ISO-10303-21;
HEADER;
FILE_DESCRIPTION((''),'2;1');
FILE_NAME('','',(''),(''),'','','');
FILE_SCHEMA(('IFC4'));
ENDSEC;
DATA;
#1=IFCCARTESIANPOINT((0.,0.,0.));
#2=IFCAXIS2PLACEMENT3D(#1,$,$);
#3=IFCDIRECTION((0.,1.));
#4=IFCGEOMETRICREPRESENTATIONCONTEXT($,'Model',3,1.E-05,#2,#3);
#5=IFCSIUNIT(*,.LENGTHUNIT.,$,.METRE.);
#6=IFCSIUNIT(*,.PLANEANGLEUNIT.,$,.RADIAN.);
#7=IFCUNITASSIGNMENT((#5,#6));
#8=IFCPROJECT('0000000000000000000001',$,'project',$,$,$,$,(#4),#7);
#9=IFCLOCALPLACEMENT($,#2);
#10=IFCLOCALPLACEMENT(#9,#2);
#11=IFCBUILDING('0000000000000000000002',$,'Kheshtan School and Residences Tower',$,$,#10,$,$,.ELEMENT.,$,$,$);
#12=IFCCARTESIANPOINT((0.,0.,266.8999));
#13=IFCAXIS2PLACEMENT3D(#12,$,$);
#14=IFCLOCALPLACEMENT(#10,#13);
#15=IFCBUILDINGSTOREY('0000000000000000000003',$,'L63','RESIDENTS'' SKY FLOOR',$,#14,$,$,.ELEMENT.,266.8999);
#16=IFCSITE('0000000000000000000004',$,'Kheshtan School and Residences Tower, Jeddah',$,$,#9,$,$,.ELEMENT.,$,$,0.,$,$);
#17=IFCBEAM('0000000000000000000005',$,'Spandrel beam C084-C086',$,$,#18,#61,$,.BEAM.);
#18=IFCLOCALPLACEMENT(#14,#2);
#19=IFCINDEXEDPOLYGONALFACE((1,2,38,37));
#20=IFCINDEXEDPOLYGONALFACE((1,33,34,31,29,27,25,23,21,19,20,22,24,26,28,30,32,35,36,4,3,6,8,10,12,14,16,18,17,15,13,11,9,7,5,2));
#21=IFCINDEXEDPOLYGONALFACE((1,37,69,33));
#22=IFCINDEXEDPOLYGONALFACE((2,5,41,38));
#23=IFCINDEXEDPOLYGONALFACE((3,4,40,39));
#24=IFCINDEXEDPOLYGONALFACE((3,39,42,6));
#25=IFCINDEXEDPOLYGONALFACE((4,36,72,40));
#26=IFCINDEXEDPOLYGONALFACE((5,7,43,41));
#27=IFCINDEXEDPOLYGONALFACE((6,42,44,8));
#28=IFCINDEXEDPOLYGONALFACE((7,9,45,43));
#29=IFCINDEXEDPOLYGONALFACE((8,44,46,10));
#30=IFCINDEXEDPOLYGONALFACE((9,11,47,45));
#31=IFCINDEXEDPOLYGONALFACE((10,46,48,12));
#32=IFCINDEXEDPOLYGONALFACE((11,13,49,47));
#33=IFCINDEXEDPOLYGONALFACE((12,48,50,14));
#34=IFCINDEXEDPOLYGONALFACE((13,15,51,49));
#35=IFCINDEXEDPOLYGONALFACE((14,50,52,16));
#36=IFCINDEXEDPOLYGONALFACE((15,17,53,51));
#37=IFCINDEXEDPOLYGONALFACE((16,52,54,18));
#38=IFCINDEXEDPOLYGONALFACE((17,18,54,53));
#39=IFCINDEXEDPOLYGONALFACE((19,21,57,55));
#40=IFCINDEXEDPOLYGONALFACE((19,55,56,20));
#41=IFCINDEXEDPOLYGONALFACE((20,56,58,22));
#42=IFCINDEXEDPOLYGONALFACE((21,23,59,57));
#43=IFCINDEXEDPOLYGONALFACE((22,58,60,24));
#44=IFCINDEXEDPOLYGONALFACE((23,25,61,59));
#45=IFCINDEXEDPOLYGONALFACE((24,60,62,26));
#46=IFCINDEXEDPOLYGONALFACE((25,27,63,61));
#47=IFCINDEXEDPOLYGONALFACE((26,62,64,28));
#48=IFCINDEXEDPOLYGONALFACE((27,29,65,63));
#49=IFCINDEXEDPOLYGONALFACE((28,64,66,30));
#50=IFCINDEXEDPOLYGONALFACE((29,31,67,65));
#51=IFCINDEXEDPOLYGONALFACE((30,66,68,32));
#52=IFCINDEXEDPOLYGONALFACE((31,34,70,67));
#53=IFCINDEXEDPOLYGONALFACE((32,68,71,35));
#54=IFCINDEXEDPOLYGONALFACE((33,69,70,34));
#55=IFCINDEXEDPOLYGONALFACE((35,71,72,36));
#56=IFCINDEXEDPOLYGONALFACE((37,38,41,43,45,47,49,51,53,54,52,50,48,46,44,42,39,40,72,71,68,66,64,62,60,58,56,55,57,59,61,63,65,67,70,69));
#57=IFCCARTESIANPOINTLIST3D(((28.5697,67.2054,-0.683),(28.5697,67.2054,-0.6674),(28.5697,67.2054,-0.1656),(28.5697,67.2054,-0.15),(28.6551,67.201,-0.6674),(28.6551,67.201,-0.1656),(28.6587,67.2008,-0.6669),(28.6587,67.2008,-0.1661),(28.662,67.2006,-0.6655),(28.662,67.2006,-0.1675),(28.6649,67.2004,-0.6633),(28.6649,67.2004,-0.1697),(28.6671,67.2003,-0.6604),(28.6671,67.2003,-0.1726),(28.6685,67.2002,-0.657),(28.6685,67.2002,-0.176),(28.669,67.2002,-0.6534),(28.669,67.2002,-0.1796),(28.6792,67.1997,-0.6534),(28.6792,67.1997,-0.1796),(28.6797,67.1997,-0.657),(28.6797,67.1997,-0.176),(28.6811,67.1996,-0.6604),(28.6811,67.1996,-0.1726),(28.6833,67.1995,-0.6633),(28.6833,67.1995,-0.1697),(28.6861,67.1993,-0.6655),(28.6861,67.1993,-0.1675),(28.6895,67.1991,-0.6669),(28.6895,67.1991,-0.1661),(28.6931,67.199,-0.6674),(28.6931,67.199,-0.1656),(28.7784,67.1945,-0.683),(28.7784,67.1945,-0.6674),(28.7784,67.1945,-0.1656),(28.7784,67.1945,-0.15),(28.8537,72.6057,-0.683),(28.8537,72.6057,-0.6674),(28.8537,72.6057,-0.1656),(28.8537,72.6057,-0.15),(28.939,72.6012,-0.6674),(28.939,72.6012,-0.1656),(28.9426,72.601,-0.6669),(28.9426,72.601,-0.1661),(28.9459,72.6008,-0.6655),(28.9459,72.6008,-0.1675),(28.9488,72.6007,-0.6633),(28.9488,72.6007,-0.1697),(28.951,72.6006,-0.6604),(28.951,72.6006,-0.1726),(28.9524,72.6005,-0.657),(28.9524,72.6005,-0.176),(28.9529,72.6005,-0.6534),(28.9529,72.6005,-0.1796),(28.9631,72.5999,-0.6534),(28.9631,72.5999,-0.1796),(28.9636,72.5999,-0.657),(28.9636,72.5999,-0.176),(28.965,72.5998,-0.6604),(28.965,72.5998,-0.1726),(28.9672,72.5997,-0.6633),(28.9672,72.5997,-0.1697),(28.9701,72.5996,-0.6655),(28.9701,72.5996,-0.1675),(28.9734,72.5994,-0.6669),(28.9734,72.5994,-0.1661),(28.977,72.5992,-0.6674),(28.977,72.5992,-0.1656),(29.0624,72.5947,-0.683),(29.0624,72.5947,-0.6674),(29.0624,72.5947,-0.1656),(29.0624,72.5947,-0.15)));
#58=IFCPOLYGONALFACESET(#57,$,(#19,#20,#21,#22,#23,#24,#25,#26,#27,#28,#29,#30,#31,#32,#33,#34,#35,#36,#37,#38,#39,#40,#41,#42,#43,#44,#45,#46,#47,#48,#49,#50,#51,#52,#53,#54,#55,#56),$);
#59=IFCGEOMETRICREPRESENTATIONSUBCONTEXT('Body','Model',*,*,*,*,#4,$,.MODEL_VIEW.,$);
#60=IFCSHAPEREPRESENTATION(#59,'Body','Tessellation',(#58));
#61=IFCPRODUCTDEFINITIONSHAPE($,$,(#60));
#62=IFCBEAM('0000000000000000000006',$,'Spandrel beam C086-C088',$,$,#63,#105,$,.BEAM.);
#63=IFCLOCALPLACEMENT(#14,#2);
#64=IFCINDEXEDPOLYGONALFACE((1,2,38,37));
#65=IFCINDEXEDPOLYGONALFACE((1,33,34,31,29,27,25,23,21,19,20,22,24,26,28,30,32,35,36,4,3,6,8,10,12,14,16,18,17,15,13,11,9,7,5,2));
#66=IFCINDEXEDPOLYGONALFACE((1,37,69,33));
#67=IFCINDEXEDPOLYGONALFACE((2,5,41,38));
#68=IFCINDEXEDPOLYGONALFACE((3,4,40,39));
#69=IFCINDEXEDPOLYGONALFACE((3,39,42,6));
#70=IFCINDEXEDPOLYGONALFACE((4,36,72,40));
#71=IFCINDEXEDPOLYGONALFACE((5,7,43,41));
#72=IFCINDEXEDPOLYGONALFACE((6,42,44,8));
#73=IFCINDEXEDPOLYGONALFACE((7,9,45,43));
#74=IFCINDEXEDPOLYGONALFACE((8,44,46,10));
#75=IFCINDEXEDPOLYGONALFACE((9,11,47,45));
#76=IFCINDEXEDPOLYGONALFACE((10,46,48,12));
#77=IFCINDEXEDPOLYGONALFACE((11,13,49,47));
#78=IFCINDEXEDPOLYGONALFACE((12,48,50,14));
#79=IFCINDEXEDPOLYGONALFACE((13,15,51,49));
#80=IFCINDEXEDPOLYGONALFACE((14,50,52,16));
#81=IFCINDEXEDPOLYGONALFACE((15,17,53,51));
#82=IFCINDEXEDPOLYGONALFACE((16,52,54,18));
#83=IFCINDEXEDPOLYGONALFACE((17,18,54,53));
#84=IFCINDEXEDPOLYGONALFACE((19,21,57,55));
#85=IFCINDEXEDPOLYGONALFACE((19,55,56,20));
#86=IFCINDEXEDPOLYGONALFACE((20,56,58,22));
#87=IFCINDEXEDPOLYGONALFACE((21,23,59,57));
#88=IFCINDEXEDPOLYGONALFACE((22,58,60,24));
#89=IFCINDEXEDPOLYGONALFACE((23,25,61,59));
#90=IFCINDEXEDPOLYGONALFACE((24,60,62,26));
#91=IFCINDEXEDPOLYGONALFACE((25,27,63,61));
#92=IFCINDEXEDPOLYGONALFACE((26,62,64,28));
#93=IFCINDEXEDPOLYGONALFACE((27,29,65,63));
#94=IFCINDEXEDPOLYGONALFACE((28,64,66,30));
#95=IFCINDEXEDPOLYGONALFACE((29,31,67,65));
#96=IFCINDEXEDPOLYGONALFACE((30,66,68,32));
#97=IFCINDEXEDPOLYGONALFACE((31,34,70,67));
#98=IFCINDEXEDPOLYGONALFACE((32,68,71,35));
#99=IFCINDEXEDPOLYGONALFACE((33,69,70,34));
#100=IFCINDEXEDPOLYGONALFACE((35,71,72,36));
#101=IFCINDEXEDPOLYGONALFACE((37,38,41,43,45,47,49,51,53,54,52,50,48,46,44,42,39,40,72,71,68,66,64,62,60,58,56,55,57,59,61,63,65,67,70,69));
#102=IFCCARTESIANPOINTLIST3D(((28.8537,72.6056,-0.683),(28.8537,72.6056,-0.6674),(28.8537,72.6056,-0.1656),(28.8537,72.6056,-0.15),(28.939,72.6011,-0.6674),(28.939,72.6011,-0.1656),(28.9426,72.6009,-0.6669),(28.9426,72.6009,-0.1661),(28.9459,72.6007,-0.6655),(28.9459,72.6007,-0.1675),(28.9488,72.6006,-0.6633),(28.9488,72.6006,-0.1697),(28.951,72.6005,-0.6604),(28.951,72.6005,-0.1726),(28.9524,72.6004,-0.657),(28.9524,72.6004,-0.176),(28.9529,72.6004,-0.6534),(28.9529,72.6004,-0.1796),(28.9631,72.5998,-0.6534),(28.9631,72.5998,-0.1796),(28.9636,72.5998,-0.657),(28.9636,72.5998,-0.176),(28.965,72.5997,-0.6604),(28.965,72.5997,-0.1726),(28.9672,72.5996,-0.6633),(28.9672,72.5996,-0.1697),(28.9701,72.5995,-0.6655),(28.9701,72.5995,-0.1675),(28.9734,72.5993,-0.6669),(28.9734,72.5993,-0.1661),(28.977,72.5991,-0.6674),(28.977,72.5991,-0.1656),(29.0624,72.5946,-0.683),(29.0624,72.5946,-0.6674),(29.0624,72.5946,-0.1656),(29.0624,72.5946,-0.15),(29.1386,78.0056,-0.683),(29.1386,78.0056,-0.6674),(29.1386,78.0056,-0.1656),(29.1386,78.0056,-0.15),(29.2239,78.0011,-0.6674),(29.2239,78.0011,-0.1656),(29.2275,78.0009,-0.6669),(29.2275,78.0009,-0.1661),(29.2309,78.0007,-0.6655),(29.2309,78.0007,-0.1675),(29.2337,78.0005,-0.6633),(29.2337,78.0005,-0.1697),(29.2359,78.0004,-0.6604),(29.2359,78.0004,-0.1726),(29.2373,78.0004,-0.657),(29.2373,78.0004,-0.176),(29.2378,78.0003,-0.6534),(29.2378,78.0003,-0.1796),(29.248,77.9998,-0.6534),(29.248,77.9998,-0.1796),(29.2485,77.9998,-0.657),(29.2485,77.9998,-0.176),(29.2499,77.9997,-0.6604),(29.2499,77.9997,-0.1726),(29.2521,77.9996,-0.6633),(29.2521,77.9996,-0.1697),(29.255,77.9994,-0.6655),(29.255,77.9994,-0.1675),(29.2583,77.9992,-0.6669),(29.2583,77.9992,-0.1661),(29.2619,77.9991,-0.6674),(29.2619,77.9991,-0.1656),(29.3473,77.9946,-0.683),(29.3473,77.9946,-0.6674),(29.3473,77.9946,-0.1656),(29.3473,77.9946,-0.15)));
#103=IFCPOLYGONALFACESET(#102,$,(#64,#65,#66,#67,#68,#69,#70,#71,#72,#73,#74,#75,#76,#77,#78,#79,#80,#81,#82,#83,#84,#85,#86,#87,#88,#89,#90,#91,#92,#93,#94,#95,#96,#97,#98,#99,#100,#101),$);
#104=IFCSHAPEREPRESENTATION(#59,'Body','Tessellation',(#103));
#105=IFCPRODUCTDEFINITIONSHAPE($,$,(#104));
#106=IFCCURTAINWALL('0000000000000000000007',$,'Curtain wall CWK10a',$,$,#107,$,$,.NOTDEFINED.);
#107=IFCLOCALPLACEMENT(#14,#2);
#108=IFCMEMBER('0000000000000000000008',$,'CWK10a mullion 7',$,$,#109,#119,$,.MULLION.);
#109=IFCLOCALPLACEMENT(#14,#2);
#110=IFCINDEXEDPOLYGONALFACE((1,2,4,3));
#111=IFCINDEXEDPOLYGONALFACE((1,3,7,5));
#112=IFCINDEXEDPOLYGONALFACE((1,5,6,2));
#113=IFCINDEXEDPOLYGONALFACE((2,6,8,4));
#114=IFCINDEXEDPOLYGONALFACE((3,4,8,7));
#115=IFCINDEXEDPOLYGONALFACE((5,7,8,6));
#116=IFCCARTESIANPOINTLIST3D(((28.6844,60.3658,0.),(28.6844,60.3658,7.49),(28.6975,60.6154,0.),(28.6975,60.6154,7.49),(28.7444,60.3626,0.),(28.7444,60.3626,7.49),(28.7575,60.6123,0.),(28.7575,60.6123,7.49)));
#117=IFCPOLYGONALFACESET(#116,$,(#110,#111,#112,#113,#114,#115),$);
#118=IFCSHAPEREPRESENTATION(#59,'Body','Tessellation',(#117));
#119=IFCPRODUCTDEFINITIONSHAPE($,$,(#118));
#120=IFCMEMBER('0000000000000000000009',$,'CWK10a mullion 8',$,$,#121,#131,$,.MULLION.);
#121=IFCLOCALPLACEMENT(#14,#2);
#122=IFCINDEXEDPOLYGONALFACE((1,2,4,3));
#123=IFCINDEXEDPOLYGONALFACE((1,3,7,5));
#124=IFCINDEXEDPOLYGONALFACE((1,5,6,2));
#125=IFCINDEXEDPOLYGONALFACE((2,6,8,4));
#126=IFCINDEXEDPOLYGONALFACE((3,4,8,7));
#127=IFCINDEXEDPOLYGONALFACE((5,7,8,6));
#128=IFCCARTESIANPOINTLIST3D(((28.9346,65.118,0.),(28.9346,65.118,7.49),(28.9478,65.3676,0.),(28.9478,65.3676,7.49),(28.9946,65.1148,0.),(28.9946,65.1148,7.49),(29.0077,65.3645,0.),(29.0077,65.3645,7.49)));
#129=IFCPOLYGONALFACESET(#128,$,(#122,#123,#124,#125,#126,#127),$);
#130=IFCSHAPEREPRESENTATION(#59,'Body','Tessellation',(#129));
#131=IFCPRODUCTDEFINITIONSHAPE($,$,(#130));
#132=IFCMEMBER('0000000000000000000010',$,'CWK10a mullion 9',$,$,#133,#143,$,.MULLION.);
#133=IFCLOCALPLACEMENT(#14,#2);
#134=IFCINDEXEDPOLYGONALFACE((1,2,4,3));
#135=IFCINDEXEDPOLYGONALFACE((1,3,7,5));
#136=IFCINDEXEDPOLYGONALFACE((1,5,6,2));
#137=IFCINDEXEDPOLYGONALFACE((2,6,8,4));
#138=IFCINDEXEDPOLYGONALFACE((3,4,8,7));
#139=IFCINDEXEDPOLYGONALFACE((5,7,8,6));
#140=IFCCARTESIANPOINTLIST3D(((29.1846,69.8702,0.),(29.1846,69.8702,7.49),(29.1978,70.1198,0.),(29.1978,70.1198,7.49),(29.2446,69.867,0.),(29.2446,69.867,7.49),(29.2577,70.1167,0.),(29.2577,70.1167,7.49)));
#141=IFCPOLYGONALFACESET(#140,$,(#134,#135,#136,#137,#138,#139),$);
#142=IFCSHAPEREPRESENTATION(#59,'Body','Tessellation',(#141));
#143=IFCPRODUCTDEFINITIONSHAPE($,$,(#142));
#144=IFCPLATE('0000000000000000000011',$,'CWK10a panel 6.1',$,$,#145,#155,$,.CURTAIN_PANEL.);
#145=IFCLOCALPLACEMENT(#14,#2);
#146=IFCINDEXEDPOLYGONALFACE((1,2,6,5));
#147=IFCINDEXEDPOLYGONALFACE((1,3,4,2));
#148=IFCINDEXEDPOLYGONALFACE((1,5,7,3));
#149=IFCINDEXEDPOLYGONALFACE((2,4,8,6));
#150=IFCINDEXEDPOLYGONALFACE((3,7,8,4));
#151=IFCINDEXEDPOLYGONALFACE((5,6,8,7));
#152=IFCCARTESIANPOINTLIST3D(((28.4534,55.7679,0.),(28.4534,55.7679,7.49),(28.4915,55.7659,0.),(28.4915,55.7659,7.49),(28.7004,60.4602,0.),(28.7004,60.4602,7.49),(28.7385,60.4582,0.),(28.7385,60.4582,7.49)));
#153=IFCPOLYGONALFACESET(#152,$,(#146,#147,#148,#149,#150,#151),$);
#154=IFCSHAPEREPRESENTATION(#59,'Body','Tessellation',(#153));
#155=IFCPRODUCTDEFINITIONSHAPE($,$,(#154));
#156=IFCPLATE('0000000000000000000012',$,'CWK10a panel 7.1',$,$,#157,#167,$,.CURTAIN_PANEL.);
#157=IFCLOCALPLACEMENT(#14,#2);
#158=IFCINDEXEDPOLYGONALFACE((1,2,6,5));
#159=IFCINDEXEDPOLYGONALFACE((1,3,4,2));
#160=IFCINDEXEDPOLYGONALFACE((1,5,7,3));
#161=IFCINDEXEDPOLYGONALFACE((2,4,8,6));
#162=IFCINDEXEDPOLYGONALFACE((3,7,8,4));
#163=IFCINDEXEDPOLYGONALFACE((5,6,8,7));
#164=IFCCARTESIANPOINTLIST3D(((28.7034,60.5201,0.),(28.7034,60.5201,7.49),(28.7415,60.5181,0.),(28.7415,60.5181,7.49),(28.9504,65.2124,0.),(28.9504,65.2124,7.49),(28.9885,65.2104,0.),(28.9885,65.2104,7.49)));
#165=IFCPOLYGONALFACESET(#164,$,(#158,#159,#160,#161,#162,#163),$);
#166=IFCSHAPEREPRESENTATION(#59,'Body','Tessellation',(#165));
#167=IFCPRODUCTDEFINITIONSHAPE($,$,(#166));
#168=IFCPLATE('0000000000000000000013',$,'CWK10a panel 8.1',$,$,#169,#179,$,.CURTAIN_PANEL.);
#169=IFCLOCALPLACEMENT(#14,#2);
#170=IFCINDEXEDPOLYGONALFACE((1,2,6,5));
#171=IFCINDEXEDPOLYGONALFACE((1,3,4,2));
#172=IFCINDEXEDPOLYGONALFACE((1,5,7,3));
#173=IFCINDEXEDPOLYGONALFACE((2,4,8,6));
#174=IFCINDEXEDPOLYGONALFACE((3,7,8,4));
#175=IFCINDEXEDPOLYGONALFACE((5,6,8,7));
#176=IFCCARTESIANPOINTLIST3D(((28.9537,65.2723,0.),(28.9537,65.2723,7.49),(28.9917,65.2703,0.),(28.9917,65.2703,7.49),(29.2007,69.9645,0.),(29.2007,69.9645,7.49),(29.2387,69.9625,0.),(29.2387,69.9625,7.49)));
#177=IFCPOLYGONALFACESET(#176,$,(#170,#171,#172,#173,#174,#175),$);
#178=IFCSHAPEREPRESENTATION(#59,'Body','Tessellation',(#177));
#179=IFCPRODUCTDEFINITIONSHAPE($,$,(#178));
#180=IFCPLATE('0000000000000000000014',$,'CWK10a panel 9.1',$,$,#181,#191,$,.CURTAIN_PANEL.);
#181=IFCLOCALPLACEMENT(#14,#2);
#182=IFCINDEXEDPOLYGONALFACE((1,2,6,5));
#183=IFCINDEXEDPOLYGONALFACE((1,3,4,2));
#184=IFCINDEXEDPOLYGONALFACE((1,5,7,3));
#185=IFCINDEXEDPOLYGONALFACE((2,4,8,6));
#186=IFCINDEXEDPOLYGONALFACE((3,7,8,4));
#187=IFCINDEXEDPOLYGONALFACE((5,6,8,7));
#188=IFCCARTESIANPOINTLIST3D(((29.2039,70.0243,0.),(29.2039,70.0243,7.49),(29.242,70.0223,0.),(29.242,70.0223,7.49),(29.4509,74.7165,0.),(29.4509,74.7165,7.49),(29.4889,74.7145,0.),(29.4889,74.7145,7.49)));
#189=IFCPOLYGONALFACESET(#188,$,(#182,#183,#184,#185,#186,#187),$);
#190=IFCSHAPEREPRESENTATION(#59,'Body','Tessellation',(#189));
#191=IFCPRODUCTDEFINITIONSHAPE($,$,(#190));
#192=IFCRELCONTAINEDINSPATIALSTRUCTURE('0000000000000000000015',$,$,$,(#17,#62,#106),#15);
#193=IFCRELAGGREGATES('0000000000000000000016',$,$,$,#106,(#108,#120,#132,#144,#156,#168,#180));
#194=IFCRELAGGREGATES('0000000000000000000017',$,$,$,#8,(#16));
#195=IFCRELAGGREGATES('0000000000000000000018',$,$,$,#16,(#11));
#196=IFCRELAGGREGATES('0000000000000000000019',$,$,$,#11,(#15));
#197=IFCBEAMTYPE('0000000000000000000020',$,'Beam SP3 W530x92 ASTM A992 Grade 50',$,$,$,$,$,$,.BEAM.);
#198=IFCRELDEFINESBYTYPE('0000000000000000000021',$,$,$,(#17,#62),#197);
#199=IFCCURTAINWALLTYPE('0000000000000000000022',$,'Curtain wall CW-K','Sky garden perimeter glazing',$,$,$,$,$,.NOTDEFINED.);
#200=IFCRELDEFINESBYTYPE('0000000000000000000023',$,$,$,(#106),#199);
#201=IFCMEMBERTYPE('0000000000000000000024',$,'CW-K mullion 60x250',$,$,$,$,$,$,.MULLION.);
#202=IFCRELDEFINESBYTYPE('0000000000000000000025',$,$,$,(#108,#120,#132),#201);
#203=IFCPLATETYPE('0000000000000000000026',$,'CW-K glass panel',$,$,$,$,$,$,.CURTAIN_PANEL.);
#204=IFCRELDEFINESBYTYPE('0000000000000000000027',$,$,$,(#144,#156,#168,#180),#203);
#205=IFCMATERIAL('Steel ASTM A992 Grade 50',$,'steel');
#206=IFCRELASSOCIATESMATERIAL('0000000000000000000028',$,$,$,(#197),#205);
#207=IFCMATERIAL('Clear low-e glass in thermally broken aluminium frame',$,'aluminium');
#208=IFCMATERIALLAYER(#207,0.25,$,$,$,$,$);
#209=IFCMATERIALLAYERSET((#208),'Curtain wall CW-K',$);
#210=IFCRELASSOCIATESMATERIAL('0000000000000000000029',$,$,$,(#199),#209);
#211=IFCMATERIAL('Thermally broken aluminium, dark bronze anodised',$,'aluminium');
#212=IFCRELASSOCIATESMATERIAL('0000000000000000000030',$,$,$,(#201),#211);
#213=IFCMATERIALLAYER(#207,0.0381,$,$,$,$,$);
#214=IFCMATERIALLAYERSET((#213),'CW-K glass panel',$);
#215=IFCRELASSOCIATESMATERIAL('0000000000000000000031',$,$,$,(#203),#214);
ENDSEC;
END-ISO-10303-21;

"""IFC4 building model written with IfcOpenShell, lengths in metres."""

from ifc_helpers import new_model, si_unit, direction, frame, origin, origin_2d, place, context, subcontext, project, spatial, rectangle, i_section, extrude, material, layer, layer_set, material_profile, profile_set, type_object, element, aggregate, save


model = new_model("IFC4")

# Units and contexts
model_context = context("Model", 3, precision=1e-05, world=origin(), true_north=direction((0.0, 1.0)))
body_context = subcontext(model_context, "Body", "Model", "MODEL_VIEW")
ifc_project = project(units=[si_unit("LENGTHUNIT", "METRE"), si_unit("PLANEANGLEUNIT", "RADIAN")], contexts=[model_context])

# Site, building, storey
site_placement = place(None, origin())
site = spatial("IfcSite", under=ifc_project, at=site_placement, Name="Kheshtan School and Residences Tower, Jeddah", CompositionType="ELEMENT", RefElevation=0.0)
building_placement = place(site_placement, origin())
building = spatial("IfcBuilding", under=site, at=building_placement, Name="Kheshtan School and Residences Tower", CompositionType="ELEMENT")
storey_placement = place(building_placement, frame((0.0, 0.0, 266.8999)))
storey = spatial("IfcBuildingStorey", under=building, at=storey_placement, Name="L63", Description="RESIDENTS' SKY FLOOR", CompositionType="ELEMENT", Elevation=266.8999)

# Shared definitions
ifc_material_1 = material(Name="Steel ASTM A992 Grade 50", Category="steel")

# Beams
ifc_material_profile_1 = material_profile(ifc_material_1, i_section(OverallWidth=0.209, OverallDepth=0.533, WebThickness=0.0103, FlangeThickness=0.0156, FilletRadius=0.0139, at=origin_2d()), Name="W530x92")
ifc_profile_set_1 = profile_set([ifc_material_profile_1], Name="Steel ASTM A992 Grade 50")
beam_type_1 = type_object("IfcBeamType", Name="Beam SP3 W530x92 ASTM A992 Grade 50", PredefinedType="BEAM", material=ifc_profile_set_1)
beam_1_placement = place(storey_placement, frame((28.6741, 67.2, -0.4165), z_axis=(0.052507, 0.998621, 0.0), x_axis=(-0.998621, 0.052507, 0.0)))
element("IfcBeam", 1, at=beam_1_placement, inside=storey, type_object=beam_type_1, Name="Spandrel beam C084-C086", PredefinedType="BEAM", context=body_context, shape_type="SweptSolid", body=[
    extrude(i_section(OverallWidth=0.209, OverallDepth=0.533, WebThickness=0.0103, FlangeThickness=0.0156, FilletRadius=0.0139, at=origin_2d()), origin(), (0.0, 0.0, 1.0), 5.4077),
])
beam_2_placement = place(storey_placement, frame((28.958, 72.6001, -0.4165), z_axis=(0.052689, 0.998611, 0.0), x_axis=(-0.998611, 0.052689, 0.0)))
element("IfcBeam", 2, at=beam_2_placement, inside=storey, type_object=beam_type_1, Name="Spandrel beam C086-C088", PredefinedType="BEAM", context=body_context, shape_type="SweptSolid", body=[
    extrude(i_section(OverallWidth=0.209, OverallDepth=0.533, WebThickness=0.0103, FlangeThickness=0.0156, FilletRadius=0.0139, at=origin_2d()), origin(), (0.0, 0.0, 1.0), 5.4075),
])

# Curtain wall, members, plates
ifc_material_2 = material(Name="Clear low-e glass in thermally broken aluminium frame", Category="aluminium")
ifc_layer_1 = layer(ifc_material_2, 0.25)
ifc_layer_set_1 = layer_set([ifc_layer_1], Name="Curtain wall CW-K")
curtain_wall_type = type_object("IfcCurtainWallType", Name="Curtain wall CW-K", Description="Sky garden perimeter glazing", PredefinedType="NOTDEFINED", material=ifc_layer_set_1)
curtain_wall_placement = place(storey_placement, origin())
curtain_wall = element("IfcCurtainWall", 3, at=curtain_wall_placement, inside=storey, type_object=curtain_wall_type, Name="Curtain wall CWK10a", PredefinedType="NOTDEFINED")
ifc_material_3 = material(Name="Thermally broken aluminium, dark bronze anodised", Category="aluminium")
ifc_material_profile_2 = material_profile(ifc_material_3, rectangle(XDim=0.0601, YDim=0.25, at=origin_2d()), Name="CW-K mullion 60x250")
ifc_profile_set_2 = profile_set([ifc_material_profile_2], Name="Thermally broken aluminium, dark bronze anodised")
member_type = type_object("IfcMemberType", Name="CW-K mullion 60x250", PredefinedType="MULLION", material=ifc_profile_set_2)
member_1_placement = place(storey_placement, frame((28.7209, 60.489, 0.0), z_axis=(0.0, 0.0, 1.0), x_axis=(-0.998617, 0.052565, 0.0)))
member_1 = element("IfcMember", 4, at=member_1_placement, type_object=member_type, Name="CWK10a mullion 7", PredefinedType="MULLION", context=body_context, shape_type="SweptSolid", body=[
    extrude(rectangle(XDim=0.0601, YDim=0.25, at=origin_2d()), origin(), (0.0, 0.0, 1.0), 7.49),
])
member_2_placement = place(storey_placement, frame((28.9712, 65.2412, 0.0), z_axis=(0.0, 0.0, 1.0), x_axis=(-0.998617, 0.052565, 0.0)))
member_2 = element("IfcMember", 5, at=member_2_placement, type_object=member_type, Name="CWK10a mullion 8", PredefinedType="MULLION", context=body_context, shape_type="SweptSolid", body=[
    extrude(rectangle(XDim=0.0601, YDim=0.25, at=origin_2d()), origin(), (0.0, 0.0, 1.0), 7.49),
])
member_3_placement = place(storey_placement, frame((29.2212, 69.9934, 0.0), z_axis=(0.0, 0.0, 1.0), x_axis=(-0.998617, 0.052565, 0.0)))
member_3 = element("IfcMember", 6, at=member_3_placement, type_object=member_type, Name="CWK10a mullion 9", PredefinedType="MULLION", context=body_context, shape_type="SweptSolid", body=[
    extrude(rectangle(XDim=0.0601, YDim=0.25, at=origin_2d()), origin(), (0.0, 0.0, 1.0), 7.49),
])
ifc_layer_2 = layer(ifc_material_2, 0.0381)
ifc_layer_set_2 = layer_set([ifc_layer_2], Name="CW-K glass panel")
plate_type = type_object("IfcPlateType", Name="CW-K glass panel", PredefinedType="CURTAIN_PANEL", material=ifc_layer_set_2)
plate_1_placement = place(storey_placement, frame((28.5959, 58.113, 0.0), z_axis=(0.0, 0.0, 1.0), x_axis=(0.052565, 0.998617, 0.0)))
plate_1 = element("IfcPlate", 7, at=plate_1_placement, type_object=plate_type, Name="CWK10a panel 6.1", PredefinedType="CURTAIN_PANEL", context=body_context, shape_type="SweptSolid", body=[
    extrude(rectangle(XDim=4.6987, YDim=0.0381, at=origin_2d()), origin(), (0.0, 0.0, 1.0), 7.49),
])
plate_2_placement = place(storey_placement, frame((28.8459, 62.8652, 0.0), z_axis=(0.0, 0.0, 1.0), x_axis=(0.052565, 0.998617, 0.0)))
plate_2 = element("IfcPlate", 8, at=plate_2_placement, type_object=plate_type, Name="CWK10a panel 7.1", PredefinedType="CURTAIN_PANEL", context=body_context, shape_type="SweptSolid", body=[
    extrude(rectangle(XDim=4.6987, YDim=0.0381, at=origin_2d()), origin(), (0.0, 0.0, 1.0), 7.49),
])
plate_3_placement = place(storey_placement, frame((29.0962, 67.6174, 0.0), z_axis=(0.0, 0.0, 1.0), x_axis=(0.052565, 0.998617, 0.0)))
plate_3 = element("IfcPlate", 9, at=plate_3_placement, type_object=plate_type, Name="CWK10a panel 8.1", PredefinedType="CURTAIN_PANEL", context=body_context, shape_type="SweptSolid", body=[
    extrude(rectangle(XDim=4.6987, YDim=0.0381, at=origin_2d()), origin(), (0.0, 0.0, 1.0), 7.49),
])
plate_4_placement = place(storey_placement, frame((29.3464, 72.3694, 0.0), z_axis=(0.0, 0.0, 1.0), x_axis=(0.052565, 0.998617, 0.0)))
plate_4 = element("IfcPlate", 10, at=plate_4_placement, type_object=plate_type, Name="CWK10a panel 9.1", PredefinedType="CURTAIN_PANEL", context=body_context, shape_type="SweptSolid", body=[
    extrude(rectangle(XDim=4.6987, YDim=0.0381, at=origin_2d()), origin(), (0.0, 0.0, 1.0), 7.49),
])
aggregate(curtain_wall, [member_1, member_2, member_3, plate_1, plate_2, plate_3, plate_4])

save(model, "model.ifc")
